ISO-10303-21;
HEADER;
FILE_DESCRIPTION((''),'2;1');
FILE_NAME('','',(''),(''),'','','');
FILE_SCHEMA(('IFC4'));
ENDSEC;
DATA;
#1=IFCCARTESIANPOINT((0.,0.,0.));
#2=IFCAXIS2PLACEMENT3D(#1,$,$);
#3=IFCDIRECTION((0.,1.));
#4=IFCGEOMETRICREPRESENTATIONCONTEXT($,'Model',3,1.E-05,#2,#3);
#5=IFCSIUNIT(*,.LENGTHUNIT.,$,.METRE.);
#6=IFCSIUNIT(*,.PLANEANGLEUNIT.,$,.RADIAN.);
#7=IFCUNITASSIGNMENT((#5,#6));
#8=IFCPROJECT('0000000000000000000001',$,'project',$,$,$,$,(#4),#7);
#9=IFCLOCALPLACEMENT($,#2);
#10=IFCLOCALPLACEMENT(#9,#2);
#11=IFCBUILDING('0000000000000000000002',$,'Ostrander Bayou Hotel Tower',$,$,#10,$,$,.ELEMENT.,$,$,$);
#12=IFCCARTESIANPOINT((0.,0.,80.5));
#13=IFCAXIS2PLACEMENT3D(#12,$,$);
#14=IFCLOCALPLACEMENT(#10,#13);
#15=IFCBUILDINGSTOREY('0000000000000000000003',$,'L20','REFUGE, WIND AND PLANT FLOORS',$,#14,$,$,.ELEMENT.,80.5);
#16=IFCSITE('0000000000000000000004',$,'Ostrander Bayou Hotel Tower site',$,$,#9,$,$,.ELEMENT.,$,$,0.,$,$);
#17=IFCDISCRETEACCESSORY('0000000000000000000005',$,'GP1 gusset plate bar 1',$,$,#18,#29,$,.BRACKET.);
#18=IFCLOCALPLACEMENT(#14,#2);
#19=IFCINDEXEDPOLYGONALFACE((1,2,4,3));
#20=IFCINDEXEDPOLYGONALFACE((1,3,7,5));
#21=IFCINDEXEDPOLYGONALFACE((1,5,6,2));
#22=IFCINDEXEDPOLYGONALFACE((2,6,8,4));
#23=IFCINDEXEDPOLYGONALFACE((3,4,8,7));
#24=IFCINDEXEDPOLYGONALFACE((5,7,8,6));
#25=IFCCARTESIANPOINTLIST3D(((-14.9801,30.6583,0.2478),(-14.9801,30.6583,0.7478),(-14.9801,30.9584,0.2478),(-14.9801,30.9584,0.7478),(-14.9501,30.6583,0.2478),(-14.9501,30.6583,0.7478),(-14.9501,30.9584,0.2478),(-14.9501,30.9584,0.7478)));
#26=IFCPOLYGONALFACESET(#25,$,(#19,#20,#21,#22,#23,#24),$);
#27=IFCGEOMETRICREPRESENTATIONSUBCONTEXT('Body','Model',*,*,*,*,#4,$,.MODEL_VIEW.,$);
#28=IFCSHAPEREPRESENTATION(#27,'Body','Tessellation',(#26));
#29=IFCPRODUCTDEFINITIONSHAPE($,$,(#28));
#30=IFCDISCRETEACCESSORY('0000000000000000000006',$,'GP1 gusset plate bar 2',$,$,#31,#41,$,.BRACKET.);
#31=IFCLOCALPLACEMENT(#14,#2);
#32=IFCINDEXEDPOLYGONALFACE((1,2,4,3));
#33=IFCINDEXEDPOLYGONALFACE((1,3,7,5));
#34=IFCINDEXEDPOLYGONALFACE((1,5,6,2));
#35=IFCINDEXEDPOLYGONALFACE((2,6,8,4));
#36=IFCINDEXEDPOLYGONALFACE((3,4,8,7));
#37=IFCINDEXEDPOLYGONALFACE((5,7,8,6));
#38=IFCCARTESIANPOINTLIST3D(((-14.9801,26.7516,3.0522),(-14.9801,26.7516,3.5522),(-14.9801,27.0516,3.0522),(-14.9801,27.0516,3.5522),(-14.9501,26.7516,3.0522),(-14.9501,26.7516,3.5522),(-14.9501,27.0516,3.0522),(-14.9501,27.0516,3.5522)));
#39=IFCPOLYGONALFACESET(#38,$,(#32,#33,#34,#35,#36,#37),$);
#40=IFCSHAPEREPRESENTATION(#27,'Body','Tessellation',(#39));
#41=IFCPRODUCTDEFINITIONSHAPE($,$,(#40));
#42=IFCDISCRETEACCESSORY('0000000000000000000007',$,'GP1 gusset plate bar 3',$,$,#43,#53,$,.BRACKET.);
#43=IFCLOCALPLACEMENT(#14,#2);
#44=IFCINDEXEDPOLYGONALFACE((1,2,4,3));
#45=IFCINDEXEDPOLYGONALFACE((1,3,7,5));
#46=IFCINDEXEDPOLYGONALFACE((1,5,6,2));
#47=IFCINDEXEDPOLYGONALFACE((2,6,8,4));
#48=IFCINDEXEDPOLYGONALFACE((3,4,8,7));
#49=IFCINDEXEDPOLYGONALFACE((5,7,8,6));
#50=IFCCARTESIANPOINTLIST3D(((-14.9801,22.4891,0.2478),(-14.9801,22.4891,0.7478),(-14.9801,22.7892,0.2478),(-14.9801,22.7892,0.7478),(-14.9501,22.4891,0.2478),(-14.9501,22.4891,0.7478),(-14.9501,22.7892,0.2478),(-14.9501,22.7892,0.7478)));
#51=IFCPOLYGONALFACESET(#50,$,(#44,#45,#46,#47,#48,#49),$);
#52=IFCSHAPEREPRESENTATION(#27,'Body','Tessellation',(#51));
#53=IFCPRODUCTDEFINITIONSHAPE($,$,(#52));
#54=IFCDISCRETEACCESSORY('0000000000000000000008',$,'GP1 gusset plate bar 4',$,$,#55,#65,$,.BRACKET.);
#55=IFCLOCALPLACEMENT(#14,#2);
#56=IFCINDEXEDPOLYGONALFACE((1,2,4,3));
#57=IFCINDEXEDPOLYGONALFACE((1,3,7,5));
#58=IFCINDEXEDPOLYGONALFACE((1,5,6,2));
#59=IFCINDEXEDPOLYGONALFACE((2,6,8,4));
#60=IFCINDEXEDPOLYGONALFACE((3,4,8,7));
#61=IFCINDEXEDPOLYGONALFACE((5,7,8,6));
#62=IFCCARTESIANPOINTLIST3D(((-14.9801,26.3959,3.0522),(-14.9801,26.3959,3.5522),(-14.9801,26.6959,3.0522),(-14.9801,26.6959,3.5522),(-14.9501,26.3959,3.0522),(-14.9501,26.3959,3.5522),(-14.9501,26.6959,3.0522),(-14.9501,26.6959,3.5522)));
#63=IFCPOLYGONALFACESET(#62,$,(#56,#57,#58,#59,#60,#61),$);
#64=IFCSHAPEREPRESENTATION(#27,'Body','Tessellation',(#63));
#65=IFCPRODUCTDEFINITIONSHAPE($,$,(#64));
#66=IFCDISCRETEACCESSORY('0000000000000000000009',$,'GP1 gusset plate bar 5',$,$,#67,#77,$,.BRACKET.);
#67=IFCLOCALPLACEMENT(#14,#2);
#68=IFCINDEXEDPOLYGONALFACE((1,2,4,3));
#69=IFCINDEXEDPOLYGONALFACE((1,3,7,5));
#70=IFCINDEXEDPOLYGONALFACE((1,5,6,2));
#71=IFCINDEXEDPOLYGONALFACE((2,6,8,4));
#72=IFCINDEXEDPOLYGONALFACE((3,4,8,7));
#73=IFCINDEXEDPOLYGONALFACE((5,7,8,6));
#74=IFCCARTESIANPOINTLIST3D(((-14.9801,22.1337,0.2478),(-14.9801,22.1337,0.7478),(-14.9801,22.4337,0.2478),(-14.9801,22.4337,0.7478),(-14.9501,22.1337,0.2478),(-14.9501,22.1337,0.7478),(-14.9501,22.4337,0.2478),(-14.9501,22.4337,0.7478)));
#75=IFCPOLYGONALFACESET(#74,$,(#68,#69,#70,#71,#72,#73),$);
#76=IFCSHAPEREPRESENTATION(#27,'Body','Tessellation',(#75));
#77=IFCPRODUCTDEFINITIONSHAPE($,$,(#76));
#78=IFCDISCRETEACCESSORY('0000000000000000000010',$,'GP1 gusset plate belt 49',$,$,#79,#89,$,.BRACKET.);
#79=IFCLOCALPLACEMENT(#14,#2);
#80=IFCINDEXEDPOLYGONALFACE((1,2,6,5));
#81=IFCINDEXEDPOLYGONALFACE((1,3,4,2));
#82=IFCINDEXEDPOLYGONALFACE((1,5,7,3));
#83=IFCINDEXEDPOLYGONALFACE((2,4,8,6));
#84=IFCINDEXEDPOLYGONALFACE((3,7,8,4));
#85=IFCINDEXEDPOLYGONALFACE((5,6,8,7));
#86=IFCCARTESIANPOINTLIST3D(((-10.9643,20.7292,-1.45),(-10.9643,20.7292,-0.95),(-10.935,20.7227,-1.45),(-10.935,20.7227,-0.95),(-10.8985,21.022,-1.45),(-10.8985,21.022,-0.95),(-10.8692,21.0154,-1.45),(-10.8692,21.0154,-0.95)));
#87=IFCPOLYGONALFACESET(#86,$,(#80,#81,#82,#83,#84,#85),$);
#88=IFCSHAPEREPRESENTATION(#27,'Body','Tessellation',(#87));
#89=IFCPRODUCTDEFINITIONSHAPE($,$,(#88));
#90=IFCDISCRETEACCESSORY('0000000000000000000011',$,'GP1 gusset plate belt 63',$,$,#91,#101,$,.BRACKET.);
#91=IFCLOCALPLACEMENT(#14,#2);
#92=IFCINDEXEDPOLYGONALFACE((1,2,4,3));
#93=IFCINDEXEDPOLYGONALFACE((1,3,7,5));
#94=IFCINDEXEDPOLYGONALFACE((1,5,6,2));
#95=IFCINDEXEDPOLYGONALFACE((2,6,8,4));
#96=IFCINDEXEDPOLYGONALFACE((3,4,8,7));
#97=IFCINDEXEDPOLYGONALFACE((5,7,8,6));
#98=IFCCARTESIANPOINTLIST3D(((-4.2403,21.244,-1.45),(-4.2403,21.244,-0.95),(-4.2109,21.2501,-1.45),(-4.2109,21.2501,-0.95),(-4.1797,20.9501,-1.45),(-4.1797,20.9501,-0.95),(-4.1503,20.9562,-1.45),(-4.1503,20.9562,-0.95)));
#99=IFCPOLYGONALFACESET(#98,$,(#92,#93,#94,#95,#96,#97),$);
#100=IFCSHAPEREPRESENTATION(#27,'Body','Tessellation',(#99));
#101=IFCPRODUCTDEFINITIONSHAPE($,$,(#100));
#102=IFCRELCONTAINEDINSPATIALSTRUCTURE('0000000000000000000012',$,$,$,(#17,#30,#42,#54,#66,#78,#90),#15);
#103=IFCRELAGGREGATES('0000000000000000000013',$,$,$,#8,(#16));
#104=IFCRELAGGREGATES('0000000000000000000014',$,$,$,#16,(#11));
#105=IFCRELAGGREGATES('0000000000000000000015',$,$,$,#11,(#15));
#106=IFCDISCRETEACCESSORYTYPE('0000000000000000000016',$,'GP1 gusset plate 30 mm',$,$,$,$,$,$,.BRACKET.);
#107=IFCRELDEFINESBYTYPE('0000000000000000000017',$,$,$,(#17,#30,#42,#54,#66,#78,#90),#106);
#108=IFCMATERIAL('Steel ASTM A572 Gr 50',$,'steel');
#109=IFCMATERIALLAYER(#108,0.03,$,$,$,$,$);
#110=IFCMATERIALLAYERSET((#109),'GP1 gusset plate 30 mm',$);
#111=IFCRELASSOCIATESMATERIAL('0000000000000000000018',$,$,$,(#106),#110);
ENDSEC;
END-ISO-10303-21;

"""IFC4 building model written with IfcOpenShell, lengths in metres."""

from ifc_helpers import new_model, si_unit, direction, frame, origin, origin_2d, place, context, subcontext, project, spatial, rectangle, extrude, material, layer, layer_set, type_object, element, save


model = new_model("IFC4")

# Units and contexts
model_context = context("Model", 3, precision=1e-05, world=origin(), true_north=direction((0.0, 1.0)))
body_context = subcontext(model_context, "Body", "Model", "MODEL_VIEW")
ifc_project = project(units=[si_unit("LENGTHUNIT", "METRE"), si_unit("PLANEANGLEUNIT", "RADIAN")], contexts=[model_context])

# Site, building, storey
site_placement = place(None, origin())
site = spatial("IfcSite", under=ifc_project, at=site_placement, Name="Ostrander Bayou Hotel Tower site", CompositionType="ELEMENT", RefElevation=0.0)
building_placement = place(site_placement, origin())
building = spatial("IfcBuilding", under=site, at=building_placement, Name="Ostrander Bayou Hotel Tower", CompositionType="ELEMENT")
storey_placement = place(building_placement, frame((0.0, 0.0, 80.5)))
storey = spatial("IfcBuildingStorey", under=building, at=storey_placement, Name="L20", Description="REFUGE, WIND AND PLANT FLOORS", CompositionType="ELEMENT", Elevation=80.5)

# Discrete accessories
ifc_material_1 = material(Name="Steel ASTM A572 Gr 50", Category="steel")
ifc_layer_1 = layer(ifc_material_1, 0.03)
ifc_layer_set_1 = layer_set([ifc_layer_1], Name="GP1 gusset plate 30 mm")
discrete_accessory_type = type_object("IfcDiscreteAccessoryType", Name="GP1 gusset plate 30 mm", PredefinedType="BRACKET", material=ifc_layer_set_1)
for number, where, z_axis, x_axis, name in (
    (1, (-14.9651, 30.8083, 0.2478), (0.0, 0.0, 1.0), (0.0, -1.0, 0.0), "GP1 gusset plate bar 1"),
    (2, (-14.9651, 26.9016, 3.0522), (0.0, 0.0, 1.0), (0.0, -1.0, 0.0), "GP1 gusset plate bar 2"),
    (3, (-14.9651, 22.6392, 0.2478), (0.0, 0.0, 1.0), (0.0, 1.0, 0.0), "GP1 gusset plate bar 3"),
    (4, (-14.9651, 26.5459, 3.0522), (0.0, 0.0, 1.0), (0.0, 1.0, 0.0), "GP1 gusset plate bar 4"),
    (5, (-14.9651, 22.2837, 0.2478), (0.0, 0.0, 1.0), (0.0, -1.0, 0.0), "GP1 gusset plate bar 5"),
    (6, (-10.9167, 20.8723, -1.45), (0.0, 0.0, 1.0), (-0.219369, -0.975642, 0.0), "GP1 gusset plate belt 49"),
    (7, (-4.1953, 21.1001, -1.45), (0.0, 0.0, 1.0), (0.201967, -0.979392, 0.0), "GP1 gusset plate belt 63"),
):
    element("IfcDiscreteAccessory", number, at=place(storey_placement, frame(where, z_axis=z_axis, x_axis=x_axis)), inside=storey, type_object=discrete_accessory_type, Name=name, PredefinedType="BRACKET", context=body_context, shape_type="SweptSolid", body=[
        extrude(rectangle(XDim=0.3, YDim=0.03, at=origin_2d()), origin(), (0.0, 0.0, 1.0), 0.5),
    ])

save(model, "model.ifc")
